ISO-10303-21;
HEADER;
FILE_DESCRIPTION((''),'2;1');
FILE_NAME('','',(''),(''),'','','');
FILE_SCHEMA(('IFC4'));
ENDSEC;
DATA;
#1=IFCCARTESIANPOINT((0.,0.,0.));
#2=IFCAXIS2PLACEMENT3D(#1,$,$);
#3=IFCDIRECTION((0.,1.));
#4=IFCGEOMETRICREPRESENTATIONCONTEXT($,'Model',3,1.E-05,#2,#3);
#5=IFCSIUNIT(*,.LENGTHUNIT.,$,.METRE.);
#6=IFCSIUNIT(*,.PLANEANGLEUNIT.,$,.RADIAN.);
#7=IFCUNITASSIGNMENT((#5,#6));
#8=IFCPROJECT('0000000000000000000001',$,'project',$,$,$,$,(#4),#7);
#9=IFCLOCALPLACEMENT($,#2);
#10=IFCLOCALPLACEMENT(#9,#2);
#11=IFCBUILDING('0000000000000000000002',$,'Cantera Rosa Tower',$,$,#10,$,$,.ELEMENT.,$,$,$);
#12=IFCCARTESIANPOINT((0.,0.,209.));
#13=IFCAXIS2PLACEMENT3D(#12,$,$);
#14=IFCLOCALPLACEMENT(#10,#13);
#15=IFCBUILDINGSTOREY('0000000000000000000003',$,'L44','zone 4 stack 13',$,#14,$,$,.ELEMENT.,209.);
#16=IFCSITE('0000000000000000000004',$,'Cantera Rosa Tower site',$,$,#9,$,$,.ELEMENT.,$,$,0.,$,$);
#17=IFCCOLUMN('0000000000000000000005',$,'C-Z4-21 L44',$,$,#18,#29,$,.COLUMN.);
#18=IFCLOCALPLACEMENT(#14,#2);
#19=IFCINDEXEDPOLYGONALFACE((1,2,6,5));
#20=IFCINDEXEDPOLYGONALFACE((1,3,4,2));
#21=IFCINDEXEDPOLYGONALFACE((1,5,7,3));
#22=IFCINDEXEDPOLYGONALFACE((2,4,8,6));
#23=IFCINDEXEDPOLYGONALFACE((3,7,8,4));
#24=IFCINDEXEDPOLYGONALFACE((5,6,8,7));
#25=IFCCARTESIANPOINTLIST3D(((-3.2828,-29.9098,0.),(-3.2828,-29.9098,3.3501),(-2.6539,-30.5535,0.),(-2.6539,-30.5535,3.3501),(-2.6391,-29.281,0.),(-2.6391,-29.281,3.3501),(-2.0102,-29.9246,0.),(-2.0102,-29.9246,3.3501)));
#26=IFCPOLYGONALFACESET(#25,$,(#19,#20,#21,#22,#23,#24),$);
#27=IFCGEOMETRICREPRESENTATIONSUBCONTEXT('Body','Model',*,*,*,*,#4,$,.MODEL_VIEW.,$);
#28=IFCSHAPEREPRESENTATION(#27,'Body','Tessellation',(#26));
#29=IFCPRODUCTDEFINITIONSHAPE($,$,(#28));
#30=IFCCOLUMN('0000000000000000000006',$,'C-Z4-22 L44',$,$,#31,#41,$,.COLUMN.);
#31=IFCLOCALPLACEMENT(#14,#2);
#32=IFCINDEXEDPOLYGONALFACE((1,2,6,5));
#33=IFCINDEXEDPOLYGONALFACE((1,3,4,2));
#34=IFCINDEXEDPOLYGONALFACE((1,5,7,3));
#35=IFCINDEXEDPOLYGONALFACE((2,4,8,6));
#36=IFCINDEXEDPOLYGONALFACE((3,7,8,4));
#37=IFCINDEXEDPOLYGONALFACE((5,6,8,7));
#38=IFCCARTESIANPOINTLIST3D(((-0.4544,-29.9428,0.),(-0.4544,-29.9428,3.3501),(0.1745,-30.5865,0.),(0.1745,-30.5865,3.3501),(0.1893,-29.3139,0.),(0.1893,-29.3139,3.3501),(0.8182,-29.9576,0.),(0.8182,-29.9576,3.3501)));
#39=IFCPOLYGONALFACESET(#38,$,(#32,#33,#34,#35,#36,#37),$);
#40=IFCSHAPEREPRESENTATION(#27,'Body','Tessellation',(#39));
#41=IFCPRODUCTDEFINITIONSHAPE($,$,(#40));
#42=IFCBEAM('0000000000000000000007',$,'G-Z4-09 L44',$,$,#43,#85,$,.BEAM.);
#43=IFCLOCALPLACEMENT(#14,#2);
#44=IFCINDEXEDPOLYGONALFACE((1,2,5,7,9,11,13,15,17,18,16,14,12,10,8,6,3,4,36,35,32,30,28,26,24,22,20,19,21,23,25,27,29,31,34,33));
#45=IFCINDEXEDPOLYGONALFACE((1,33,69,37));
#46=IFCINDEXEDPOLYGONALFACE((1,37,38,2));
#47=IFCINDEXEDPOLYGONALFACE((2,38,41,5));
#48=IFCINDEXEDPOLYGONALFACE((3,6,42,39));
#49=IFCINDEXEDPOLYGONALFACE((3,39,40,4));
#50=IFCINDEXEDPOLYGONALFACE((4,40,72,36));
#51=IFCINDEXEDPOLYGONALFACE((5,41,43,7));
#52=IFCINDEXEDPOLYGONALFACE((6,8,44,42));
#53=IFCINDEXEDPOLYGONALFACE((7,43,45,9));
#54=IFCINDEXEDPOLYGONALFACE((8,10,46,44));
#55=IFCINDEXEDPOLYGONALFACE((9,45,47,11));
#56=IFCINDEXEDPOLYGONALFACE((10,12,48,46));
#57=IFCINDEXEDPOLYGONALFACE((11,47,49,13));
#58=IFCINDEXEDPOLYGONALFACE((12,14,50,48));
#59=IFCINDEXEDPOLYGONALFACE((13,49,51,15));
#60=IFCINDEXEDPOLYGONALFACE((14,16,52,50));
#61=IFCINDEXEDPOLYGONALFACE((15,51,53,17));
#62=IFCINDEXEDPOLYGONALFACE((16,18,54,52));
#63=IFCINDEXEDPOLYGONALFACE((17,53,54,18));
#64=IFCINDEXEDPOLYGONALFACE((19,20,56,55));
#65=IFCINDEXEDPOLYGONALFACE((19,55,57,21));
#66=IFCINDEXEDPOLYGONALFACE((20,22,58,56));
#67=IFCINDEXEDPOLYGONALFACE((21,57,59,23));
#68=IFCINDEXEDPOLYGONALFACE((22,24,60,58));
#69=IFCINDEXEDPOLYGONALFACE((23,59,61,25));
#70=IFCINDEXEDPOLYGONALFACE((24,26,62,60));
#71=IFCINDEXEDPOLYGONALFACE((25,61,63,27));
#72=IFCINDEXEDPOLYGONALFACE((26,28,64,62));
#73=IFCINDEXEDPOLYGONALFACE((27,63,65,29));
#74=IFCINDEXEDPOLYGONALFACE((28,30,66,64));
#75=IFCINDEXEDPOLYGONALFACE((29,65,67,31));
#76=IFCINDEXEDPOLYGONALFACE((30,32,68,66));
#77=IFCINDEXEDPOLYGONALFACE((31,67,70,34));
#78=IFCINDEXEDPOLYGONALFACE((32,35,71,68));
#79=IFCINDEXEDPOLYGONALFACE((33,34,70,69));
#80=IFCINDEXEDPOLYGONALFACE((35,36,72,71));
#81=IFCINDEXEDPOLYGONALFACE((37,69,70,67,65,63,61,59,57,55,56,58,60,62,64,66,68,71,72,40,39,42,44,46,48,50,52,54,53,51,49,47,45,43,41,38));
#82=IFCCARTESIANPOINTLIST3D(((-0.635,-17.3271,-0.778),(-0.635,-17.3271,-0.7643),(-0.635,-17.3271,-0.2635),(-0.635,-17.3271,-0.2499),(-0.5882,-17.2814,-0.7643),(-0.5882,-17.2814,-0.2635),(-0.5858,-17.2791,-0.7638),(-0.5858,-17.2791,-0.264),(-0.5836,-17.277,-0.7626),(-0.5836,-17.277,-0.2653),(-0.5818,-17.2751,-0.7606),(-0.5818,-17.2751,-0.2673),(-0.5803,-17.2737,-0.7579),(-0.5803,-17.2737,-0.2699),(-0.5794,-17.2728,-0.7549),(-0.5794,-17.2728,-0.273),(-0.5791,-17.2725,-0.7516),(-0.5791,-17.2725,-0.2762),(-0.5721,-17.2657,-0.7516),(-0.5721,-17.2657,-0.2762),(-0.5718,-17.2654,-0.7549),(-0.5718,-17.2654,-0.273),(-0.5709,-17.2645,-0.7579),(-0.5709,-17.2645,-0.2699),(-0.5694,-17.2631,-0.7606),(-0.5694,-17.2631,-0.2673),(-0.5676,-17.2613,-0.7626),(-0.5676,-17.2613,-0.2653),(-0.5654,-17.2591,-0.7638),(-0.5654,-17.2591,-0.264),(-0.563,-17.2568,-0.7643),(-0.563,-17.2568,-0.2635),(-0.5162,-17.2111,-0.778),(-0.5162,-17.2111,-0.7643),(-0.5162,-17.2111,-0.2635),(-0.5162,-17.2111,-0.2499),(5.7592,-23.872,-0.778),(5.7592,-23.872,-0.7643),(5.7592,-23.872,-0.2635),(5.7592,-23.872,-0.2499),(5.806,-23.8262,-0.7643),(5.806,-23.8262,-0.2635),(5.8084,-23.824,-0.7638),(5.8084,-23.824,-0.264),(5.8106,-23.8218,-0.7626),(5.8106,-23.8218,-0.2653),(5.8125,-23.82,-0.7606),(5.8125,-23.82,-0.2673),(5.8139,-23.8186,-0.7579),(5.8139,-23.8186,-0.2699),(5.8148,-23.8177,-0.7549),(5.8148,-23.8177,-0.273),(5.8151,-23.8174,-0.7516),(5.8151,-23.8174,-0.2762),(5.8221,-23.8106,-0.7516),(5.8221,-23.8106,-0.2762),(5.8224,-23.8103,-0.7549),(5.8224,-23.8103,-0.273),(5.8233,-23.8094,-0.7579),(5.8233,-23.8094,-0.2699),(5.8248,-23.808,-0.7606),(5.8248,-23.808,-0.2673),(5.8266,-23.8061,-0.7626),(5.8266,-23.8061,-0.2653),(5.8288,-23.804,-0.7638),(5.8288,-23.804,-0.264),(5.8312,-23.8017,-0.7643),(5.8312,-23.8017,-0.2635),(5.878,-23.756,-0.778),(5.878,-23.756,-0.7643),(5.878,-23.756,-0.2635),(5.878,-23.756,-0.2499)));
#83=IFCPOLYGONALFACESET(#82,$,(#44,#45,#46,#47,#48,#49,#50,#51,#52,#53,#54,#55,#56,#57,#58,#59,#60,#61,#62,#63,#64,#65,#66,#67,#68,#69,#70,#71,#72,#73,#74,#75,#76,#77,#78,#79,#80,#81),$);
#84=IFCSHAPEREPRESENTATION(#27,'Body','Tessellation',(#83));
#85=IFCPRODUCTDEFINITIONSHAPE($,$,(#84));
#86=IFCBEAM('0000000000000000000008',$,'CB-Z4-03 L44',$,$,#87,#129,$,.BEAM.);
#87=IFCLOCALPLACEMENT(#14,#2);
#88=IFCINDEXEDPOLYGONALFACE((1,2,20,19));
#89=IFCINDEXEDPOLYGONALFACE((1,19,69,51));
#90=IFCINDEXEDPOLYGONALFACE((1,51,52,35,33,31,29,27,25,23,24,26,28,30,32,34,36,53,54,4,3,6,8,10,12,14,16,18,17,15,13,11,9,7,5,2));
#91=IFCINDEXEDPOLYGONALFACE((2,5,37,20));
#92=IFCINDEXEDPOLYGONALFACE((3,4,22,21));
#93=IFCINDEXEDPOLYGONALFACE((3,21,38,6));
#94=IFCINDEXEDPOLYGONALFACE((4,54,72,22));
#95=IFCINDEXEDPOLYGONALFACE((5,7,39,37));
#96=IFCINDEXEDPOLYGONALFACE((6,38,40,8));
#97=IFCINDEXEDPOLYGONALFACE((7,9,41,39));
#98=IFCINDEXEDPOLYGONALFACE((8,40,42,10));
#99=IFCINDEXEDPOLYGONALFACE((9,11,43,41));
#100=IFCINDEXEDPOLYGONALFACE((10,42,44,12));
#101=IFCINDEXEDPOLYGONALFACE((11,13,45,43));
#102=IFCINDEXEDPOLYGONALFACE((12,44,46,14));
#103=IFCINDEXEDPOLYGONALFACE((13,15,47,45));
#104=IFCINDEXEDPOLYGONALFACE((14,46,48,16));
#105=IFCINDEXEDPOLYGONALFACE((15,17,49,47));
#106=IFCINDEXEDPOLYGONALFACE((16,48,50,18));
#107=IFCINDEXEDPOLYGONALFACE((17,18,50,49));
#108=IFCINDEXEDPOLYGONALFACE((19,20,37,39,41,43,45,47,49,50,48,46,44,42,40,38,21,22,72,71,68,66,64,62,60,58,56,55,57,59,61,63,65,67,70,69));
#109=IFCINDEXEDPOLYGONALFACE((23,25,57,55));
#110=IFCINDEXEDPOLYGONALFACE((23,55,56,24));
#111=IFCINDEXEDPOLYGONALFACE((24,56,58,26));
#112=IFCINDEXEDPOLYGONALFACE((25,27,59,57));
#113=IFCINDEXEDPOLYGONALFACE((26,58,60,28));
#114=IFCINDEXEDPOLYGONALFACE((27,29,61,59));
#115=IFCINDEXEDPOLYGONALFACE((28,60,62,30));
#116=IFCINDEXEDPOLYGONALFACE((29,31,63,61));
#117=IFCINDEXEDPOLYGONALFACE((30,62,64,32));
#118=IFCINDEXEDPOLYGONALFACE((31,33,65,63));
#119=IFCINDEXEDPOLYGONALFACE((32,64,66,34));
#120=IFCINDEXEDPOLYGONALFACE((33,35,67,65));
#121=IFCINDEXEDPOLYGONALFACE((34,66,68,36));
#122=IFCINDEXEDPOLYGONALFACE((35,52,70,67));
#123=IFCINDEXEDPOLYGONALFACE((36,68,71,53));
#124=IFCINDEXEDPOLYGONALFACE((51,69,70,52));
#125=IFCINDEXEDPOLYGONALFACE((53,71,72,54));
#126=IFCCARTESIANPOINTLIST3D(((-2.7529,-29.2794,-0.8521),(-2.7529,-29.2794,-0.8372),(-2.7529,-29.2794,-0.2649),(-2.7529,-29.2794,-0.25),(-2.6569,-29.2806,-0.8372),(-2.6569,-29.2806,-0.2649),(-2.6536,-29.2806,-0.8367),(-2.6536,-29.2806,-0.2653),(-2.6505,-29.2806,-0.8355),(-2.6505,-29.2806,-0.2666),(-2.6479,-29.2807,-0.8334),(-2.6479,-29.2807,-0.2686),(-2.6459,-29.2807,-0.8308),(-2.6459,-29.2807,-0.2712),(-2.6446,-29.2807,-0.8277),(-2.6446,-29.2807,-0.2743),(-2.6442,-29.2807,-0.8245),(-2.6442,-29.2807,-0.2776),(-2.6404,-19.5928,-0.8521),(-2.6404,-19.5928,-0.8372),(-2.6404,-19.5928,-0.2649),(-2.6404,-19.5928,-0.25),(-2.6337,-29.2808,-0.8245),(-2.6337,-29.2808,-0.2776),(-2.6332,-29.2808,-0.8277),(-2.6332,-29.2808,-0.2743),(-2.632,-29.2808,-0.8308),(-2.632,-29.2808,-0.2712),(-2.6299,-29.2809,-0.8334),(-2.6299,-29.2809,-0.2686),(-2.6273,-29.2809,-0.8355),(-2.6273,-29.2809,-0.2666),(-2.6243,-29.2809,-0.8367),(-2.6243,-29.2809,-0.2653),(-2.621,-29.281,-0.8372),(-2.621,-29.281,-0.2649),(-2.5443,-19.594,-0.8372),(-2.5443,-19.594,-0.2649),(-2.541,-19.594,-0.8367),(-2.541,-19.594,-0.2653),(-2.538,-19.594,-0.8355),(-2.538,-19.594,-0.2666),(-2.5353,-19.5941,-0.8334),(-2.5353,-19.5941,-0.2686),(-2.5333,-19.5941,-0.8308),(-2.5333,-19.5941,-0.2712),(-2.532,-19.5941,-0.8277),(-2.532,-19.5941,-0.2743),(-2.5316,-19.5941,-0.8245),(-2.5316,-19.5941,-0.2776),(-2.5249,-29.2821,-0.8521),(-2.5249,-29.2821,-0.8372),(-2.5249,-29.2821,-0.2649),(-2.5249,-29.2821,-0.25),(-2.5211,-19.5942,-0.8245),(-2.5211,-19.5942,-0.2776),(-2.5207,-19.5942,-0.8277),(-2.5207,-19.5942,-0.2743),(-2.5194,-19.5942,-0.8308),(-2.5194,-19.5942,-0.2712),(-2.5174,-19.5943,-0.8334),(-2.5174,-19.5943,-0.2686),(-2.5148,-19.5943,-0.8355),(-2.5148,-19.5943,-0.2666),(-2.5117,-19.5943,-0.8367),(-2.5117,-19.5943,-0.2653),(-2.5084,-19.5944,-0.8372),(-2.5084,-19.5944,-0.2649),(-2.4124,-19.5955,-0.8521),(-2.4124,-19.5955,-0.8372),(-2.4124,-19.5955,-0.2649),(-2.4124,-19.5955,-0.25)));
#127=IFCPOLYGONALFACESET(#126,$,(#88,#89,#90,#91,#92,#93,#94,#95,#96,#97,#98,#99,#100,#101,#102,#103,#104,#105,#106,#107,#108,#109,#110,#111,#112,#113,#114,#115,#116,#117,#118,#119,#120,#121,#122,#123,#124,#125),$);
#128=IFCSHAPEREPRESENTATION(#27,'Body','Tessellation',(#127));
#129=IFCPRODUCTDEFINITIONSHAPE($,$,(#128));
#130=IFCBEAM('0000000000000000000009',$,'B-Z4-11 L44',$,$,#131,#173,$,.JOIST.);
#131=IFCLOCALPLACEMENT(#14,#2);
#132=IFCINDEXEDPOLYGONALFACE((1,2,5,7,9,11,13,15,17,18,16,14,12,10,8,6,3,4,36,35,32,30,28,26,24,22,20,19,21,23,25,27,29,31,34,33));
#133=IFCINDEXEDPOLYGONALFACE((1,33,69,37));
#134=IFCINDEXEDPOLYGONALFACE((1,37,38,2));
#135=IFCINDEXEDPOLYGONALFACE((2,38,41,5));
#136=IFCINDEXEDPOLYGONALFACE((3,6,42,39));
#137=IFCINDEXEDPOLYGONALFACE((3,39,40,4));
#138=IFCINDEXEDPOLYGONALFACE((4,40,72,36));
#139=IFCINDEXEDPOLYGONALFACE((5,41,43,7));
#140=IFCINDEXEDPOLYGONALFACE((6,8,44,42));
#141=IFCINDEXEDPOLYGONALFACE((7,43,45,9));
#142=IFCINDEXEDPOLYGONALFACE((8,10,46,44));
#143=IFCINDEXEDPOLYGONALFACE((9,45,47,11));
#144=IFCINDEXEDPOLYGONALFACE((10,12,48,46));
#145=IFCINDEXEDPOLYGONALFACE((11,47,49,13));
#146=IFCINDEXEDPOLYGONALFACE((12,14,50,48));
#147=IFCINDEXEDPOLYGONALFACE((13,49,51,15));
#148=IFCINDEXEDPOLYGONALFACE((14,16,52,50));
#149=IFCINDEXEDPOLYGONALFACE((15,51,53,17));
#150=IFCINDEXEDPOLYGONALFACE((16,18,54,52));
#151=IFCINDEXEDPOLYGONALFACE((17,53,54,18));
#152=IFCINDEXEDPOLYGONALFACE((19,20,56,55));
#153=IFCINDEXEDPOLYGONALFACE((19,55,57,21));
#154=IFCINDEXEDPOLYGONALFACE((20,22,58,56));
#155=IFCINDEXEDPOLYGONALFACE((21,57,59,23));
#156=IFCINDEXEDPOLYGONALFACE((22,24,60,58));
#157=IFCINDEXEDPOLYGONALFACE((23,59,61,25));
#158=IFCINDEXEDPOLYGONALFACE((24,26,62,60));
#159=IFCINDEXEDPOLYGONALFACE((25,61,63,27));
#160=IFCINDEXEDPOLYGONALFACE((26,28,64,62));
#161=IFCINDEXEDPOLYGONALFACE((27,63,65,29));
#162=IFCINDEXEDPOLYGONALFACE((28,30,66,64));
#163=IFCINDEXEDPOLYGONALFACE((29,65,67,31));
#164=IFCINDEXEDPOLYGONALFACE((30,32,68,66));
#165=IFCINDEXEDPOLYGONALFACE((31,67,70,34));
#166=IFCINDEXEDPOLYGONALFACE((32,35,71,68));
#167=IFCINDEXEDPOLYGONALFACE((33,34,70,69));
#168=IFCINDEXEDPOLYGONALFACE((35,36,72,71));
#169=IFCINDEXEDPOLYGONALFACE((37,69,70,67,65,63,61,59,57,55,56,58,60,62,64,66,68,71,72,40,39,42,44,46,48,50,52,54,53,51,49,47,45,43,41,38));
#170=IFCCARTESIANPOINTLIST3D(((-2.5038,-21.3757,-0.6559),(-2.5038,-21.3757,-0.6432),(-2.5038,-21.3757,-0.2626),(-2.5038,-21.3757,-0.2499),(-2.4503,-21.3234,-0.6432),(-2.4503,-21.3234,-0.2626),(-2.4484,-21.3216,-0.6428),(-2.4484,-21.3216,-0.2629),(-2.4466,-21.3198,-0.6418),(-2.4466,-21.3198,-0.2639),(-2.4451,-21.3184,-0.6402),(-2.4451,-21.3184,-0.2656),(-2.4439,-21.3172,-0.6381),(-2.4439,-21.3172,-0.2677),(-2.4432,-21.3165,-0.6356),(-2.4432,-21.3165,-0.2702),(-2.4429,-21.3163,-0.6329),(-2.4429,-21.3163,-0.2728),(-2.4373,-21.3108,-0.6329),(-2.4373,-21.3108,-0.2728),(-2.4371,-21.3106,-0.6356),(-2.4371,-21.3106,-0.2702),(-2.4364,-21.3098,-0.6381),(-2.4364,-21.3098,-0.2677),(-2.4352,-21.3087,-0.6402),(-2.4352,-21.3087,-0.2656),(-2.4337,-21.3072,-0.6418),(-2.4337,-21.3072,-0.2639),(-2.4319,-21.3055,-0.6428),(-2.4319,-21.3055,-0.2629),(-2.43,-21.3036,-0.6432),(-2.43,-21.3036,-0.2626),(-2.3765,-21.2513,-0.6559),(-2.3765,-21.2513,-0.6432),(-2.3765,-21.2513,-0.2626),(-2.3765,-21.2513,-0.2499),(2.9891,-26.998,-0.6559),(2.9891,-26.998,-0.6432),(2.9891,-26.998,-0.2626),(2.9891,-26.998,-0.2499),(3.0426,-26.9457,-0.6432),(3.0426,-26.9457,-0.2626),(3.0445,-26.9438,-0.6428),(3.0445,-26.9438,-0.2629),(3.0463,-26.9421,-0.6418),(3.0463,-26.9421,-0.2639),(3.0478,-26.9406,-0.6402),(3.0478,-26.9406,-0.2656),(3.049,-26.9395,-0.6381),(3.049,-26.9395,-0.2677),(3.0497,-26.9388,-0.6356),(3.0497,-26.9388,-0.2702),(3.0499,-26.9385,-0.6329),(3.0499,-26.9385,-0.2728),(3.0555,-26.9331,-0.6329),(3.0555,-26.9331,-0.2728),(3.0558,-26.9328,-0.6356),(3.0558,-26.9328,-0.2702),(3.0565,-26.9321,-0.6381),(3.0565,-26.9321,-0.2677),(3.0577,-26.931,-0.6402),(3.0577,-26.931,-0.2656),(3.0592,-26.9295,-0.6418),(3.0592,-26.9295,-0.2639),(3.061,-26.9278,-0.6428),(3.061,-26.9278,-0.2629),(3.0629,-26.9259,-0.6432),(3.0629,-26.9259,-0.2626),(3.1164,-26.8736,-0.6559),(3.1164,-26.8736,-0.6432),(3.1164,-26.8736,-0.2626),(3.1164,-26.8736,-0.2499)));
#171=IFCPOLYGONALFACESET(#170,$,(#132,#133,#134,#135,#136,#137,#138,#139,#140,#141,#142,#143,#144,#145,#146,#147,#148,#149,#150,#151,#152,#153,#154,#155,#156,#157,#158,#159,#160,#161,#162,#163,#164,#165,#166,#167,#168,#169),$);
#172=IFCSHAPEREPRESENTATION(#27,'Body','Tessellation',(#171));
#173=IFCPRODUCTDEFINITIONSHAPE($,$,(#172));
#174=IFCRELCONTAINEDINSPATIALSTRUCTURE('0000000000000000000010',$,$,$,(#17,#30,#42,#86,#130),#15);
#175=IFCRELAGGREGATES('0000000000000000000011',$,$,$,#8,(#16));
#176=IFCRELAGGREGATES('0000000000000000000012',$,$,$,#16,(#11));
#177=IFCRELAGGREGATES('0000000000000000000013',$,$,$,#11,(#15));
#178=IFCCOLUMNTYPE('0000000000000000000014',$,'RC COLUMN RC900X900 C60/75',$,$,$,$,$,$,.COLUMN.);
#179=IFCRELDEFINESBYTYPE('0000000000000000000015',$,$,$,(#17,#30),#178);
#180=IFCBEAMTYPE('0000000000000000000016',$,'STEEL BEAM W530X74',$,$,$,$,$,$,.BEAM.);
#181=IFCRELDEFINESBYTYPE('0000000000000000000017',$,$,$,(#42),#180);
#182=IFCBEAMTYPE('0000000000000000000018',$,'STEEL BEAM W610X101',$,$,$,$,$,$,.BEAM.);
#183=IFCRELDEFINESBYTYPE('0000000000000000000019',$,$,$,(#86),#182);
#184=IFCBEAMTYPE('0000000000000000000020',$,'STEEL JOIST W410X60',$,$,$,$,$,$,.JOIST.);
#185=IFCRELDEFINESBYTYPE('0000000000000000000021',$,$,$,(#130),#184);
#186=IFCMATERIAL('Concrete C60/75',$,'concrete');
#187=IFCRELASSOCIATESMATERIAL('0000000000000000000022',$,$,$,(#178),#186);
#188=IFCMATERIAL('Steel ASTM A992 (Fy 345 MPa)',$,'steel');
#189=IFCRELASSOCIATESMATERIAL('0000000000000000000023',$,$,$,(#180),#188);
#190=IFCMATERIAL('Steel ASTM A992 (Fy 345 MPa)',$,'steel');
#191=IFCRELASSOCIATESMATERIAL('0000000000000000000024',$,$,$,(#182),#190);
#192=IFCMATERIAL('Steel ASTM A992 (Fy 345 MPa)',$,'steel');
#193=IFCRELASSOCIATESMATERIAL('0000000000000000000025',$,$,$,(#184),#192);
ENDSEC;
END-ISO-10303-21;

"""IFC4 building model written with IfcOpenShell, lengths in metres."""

from ifc_helpers import new_model, si_unit, direction, frame, origin, origin_2d, place, context, subcontext, project, spatial, rectangle, i_section, extrude, material, material_profile, profile_set, type_object, element, save


model = new_model("IFC4")

# Units and contexts
model_context = context("Model", 3, precision=1e-05, world=origin(), true_north=direction((0.0, 1.0)))
body_context = subcontext(model_context, "Body", "Model", "MODEL_VIEW")
ifc_project = project(units=[si_unit("LENGTHUNIT", "METRE"), si_unit("PLANEANGLEUNIT", "RADIAN")], contexts=[model_context])

# Site, building, storey
site_placement = place(None, origin())
site = spatial("IfcSite", under=ifc_project, at=site_placement, Name="Cantera Rosa Tower site", CompositionType="ELEMENT", RefElevation=0.0)
building_placement = place(site_placement, origin())
building = spatial("IfcBuilding", under=site, at=building_placement, Name="Cantera Rosa Tower", CompositionType="ELEMENT")
storey_placement = place(building_placement, frame((0.0, 0.0, 209.0)))
storey = spatial("IfcBuildingStorey", under=building, at=storey_placement, Name="L44", Description="zone 4 stack 13", CompositionType="ELEMENT", Elevation=209.0)

# Columns
ifc_material_1 = material(Name="Concrete C60/75", Category="concrete")
ifc_material_profile_1 = material_profile(ifc_material_1, rectangle(XDim=0.8999, YDim=0.8999, at=origin_2d()), Name="RC COLUMN RC900X900 C60/75")
ifc_profile_set_1 = profile_set([ifc_material_profile_1], Name="Concrete C60/75")
column_type = type_object("IfcColumnType", Name="RC COLUMN RC900X900 C60/75", PredefinedType="COLUMN", material=ifc_profile_set_1)
for number, where, z_axis, x_axis, name in (
    (1, (-2.6465, -29.9172, 0.0), (0.0, 0.0, 1.0), (0.715286, 0.698832, 0.0), "C-Z4-21 L44"),
    (2, (0.1819, -29.9502, 0.0), (0.0, 0.0, 1.0), (0.715286, 0.698832, 0.0), "C-Z4-22 L44"),
):
    element("IfcColumn", number, at=place(storey_placement, frame(where, z_axis=z_axis, x_axis=x_axis)), inside=storey, type_object=column_type, Name=name, PredefinedType="COLUMN", context=body_context, shape_type="SweptSolid", body=[
        extrude(rectangle(XDim=0.8999, YDim=0.8999, at=origin_2d()), origin(), (0.0, 0.0, 1.0), 3.3501),
    ])

# Beams
ifc_material_2 = material(Name="Steel ASTM A992 (Fy 345 MPa)", Category="steel")
ifc_material_profile_2 = material_profile(ifc_material_2, i_section(OverallWidth=0.166, OverallDepth=0.5281, WebThickness=0.0098, FlangeThickness=0.0137, FilletRadius=0.0127, at=origin_2d()), Name="W530X74")
ifc_profile_set_2 = profile_set([ifc_material_profile_2], Name="Steel ASTM A992 (Fy 345 MPa)")
beam_type_1 = type_object("IfcBeamType", Name="STEEL BEAM W530X74", PredefinedType="BEAM", material=ifc_profile_set_2)
beam_1_placement = place(storey_placement, frame((5.8186, -23.814, -0.5139), z_axis=(-0.698827, 0.71529, 0.0), x_axis=(-0.71529, -0.698827, 0.0)))
element("IfcBeam", 3, at=beam_1_placement, inside=storey, type_object=beam_type_1, Name="G-Z4-09 L44", PredefinedType="BEAM", context=body_context, shape_type="SweptSolid", body=[
    extrude(i_section(OverallWidth=0.166, OverallDepth=0.5281, WebThickness=0.0098, FlangeThickness=0.0137, FilletRadius=0.0127, at=origin_2d()), origin(), (0.0, 0.0, 1.0), 9.1499),
])
ifc_material_3 = material(Name="Steel ASTM A992 (Fy 345 MPa)", Category="steel")
ifc_material_profile_3 = material_profile(ifc_material_3, i_section(OverallWidth=0.228, OverallDepth=0.6021, WebThickness=0.0105, FlangeThickness=0.0149, FilletRadius=0.0127, at=origin_2d()), Name="W610X101")
ifc_profile_set_3 = profile_set([ifc_material_profile_3], Name="Steel ASTM A992 (Fy 345 MPa)")
beam_type_2 = type_object("IfcBeamType", Name="STEEL BEAM W610X101", PredefinedType="BEAM", material=ifc_profile_set_3)
beam_2_placement = place(storey_placement, frame((-2.6389, -29.2808, -0.551), z_axis=(0.011618, 0.999933, 0.0), x_axis=(-0.999933, 0.011618, 0.0)))
element("IfcBeam", 4, at=beam_2_placement, inside=storey, type_object=beam_type_2, Name="CB-Z4-03 L44", PredefinedType="BEAM", context=body_context, shape_type="SweptSolid", body=[
    extrude(i_section(OverallWidth=0.228, OverallDepth=0.6021, WebThickness=0.0105, FlangeThickness=0.0149, FilletRadius=0.0127, at=origin_2d()), origin(), (0.0, 0.0, 1.0), 9.6873),
])
ifc_material_4 = material(Name="Steel ASTM A992 (Fy 345 MPa)", Category="steel")
ifc_material_profile_4 = material_profile(ifc_material_4, i_section(OverallWidth=0.178, OverallDepth=0.406, WebThickness=0.0078, FlangeThickness=0.0127, FilletRadius=0.0103, at=origin_2d()), Name="W410X60")
ifc_profile_set_4 = profile_set([ifc_material_profile_4], Name="Steel ASTM A992 (Fy 345 MPa)")
beam_type_3 = type_object("IfcBeamType", Name="STEEL JOIST W410X60", PredefinedType="JOIST", material=ifc_profile_set_4)
beam_3_placement = place(storey_placement, frame((3.0527, -26.9358, -0.4529), z_axis=(-0.698828, 0.71529, 0.0), x_axis=(-0.71529, -0.698828, 0.0)))
element("IfcBeam", 5, at=beam_3_placement, inside=storey, type_object=beam_type_3, Name="B-Z4-11 L44", PredefinedType="JOIST", context=body_context, shape_type="SweptSolid", body=[
    extrude(i_section(OverallWidth=0.178, OverallDepth=0.406, WebThickness=0.0078, FlangeThickness=0.0127, FilletRadius=0.0103, at=origin_2d()), origin(), (0.0, 0.0, 1.0), 7.8601),
])

save(model, "model.ifc")
